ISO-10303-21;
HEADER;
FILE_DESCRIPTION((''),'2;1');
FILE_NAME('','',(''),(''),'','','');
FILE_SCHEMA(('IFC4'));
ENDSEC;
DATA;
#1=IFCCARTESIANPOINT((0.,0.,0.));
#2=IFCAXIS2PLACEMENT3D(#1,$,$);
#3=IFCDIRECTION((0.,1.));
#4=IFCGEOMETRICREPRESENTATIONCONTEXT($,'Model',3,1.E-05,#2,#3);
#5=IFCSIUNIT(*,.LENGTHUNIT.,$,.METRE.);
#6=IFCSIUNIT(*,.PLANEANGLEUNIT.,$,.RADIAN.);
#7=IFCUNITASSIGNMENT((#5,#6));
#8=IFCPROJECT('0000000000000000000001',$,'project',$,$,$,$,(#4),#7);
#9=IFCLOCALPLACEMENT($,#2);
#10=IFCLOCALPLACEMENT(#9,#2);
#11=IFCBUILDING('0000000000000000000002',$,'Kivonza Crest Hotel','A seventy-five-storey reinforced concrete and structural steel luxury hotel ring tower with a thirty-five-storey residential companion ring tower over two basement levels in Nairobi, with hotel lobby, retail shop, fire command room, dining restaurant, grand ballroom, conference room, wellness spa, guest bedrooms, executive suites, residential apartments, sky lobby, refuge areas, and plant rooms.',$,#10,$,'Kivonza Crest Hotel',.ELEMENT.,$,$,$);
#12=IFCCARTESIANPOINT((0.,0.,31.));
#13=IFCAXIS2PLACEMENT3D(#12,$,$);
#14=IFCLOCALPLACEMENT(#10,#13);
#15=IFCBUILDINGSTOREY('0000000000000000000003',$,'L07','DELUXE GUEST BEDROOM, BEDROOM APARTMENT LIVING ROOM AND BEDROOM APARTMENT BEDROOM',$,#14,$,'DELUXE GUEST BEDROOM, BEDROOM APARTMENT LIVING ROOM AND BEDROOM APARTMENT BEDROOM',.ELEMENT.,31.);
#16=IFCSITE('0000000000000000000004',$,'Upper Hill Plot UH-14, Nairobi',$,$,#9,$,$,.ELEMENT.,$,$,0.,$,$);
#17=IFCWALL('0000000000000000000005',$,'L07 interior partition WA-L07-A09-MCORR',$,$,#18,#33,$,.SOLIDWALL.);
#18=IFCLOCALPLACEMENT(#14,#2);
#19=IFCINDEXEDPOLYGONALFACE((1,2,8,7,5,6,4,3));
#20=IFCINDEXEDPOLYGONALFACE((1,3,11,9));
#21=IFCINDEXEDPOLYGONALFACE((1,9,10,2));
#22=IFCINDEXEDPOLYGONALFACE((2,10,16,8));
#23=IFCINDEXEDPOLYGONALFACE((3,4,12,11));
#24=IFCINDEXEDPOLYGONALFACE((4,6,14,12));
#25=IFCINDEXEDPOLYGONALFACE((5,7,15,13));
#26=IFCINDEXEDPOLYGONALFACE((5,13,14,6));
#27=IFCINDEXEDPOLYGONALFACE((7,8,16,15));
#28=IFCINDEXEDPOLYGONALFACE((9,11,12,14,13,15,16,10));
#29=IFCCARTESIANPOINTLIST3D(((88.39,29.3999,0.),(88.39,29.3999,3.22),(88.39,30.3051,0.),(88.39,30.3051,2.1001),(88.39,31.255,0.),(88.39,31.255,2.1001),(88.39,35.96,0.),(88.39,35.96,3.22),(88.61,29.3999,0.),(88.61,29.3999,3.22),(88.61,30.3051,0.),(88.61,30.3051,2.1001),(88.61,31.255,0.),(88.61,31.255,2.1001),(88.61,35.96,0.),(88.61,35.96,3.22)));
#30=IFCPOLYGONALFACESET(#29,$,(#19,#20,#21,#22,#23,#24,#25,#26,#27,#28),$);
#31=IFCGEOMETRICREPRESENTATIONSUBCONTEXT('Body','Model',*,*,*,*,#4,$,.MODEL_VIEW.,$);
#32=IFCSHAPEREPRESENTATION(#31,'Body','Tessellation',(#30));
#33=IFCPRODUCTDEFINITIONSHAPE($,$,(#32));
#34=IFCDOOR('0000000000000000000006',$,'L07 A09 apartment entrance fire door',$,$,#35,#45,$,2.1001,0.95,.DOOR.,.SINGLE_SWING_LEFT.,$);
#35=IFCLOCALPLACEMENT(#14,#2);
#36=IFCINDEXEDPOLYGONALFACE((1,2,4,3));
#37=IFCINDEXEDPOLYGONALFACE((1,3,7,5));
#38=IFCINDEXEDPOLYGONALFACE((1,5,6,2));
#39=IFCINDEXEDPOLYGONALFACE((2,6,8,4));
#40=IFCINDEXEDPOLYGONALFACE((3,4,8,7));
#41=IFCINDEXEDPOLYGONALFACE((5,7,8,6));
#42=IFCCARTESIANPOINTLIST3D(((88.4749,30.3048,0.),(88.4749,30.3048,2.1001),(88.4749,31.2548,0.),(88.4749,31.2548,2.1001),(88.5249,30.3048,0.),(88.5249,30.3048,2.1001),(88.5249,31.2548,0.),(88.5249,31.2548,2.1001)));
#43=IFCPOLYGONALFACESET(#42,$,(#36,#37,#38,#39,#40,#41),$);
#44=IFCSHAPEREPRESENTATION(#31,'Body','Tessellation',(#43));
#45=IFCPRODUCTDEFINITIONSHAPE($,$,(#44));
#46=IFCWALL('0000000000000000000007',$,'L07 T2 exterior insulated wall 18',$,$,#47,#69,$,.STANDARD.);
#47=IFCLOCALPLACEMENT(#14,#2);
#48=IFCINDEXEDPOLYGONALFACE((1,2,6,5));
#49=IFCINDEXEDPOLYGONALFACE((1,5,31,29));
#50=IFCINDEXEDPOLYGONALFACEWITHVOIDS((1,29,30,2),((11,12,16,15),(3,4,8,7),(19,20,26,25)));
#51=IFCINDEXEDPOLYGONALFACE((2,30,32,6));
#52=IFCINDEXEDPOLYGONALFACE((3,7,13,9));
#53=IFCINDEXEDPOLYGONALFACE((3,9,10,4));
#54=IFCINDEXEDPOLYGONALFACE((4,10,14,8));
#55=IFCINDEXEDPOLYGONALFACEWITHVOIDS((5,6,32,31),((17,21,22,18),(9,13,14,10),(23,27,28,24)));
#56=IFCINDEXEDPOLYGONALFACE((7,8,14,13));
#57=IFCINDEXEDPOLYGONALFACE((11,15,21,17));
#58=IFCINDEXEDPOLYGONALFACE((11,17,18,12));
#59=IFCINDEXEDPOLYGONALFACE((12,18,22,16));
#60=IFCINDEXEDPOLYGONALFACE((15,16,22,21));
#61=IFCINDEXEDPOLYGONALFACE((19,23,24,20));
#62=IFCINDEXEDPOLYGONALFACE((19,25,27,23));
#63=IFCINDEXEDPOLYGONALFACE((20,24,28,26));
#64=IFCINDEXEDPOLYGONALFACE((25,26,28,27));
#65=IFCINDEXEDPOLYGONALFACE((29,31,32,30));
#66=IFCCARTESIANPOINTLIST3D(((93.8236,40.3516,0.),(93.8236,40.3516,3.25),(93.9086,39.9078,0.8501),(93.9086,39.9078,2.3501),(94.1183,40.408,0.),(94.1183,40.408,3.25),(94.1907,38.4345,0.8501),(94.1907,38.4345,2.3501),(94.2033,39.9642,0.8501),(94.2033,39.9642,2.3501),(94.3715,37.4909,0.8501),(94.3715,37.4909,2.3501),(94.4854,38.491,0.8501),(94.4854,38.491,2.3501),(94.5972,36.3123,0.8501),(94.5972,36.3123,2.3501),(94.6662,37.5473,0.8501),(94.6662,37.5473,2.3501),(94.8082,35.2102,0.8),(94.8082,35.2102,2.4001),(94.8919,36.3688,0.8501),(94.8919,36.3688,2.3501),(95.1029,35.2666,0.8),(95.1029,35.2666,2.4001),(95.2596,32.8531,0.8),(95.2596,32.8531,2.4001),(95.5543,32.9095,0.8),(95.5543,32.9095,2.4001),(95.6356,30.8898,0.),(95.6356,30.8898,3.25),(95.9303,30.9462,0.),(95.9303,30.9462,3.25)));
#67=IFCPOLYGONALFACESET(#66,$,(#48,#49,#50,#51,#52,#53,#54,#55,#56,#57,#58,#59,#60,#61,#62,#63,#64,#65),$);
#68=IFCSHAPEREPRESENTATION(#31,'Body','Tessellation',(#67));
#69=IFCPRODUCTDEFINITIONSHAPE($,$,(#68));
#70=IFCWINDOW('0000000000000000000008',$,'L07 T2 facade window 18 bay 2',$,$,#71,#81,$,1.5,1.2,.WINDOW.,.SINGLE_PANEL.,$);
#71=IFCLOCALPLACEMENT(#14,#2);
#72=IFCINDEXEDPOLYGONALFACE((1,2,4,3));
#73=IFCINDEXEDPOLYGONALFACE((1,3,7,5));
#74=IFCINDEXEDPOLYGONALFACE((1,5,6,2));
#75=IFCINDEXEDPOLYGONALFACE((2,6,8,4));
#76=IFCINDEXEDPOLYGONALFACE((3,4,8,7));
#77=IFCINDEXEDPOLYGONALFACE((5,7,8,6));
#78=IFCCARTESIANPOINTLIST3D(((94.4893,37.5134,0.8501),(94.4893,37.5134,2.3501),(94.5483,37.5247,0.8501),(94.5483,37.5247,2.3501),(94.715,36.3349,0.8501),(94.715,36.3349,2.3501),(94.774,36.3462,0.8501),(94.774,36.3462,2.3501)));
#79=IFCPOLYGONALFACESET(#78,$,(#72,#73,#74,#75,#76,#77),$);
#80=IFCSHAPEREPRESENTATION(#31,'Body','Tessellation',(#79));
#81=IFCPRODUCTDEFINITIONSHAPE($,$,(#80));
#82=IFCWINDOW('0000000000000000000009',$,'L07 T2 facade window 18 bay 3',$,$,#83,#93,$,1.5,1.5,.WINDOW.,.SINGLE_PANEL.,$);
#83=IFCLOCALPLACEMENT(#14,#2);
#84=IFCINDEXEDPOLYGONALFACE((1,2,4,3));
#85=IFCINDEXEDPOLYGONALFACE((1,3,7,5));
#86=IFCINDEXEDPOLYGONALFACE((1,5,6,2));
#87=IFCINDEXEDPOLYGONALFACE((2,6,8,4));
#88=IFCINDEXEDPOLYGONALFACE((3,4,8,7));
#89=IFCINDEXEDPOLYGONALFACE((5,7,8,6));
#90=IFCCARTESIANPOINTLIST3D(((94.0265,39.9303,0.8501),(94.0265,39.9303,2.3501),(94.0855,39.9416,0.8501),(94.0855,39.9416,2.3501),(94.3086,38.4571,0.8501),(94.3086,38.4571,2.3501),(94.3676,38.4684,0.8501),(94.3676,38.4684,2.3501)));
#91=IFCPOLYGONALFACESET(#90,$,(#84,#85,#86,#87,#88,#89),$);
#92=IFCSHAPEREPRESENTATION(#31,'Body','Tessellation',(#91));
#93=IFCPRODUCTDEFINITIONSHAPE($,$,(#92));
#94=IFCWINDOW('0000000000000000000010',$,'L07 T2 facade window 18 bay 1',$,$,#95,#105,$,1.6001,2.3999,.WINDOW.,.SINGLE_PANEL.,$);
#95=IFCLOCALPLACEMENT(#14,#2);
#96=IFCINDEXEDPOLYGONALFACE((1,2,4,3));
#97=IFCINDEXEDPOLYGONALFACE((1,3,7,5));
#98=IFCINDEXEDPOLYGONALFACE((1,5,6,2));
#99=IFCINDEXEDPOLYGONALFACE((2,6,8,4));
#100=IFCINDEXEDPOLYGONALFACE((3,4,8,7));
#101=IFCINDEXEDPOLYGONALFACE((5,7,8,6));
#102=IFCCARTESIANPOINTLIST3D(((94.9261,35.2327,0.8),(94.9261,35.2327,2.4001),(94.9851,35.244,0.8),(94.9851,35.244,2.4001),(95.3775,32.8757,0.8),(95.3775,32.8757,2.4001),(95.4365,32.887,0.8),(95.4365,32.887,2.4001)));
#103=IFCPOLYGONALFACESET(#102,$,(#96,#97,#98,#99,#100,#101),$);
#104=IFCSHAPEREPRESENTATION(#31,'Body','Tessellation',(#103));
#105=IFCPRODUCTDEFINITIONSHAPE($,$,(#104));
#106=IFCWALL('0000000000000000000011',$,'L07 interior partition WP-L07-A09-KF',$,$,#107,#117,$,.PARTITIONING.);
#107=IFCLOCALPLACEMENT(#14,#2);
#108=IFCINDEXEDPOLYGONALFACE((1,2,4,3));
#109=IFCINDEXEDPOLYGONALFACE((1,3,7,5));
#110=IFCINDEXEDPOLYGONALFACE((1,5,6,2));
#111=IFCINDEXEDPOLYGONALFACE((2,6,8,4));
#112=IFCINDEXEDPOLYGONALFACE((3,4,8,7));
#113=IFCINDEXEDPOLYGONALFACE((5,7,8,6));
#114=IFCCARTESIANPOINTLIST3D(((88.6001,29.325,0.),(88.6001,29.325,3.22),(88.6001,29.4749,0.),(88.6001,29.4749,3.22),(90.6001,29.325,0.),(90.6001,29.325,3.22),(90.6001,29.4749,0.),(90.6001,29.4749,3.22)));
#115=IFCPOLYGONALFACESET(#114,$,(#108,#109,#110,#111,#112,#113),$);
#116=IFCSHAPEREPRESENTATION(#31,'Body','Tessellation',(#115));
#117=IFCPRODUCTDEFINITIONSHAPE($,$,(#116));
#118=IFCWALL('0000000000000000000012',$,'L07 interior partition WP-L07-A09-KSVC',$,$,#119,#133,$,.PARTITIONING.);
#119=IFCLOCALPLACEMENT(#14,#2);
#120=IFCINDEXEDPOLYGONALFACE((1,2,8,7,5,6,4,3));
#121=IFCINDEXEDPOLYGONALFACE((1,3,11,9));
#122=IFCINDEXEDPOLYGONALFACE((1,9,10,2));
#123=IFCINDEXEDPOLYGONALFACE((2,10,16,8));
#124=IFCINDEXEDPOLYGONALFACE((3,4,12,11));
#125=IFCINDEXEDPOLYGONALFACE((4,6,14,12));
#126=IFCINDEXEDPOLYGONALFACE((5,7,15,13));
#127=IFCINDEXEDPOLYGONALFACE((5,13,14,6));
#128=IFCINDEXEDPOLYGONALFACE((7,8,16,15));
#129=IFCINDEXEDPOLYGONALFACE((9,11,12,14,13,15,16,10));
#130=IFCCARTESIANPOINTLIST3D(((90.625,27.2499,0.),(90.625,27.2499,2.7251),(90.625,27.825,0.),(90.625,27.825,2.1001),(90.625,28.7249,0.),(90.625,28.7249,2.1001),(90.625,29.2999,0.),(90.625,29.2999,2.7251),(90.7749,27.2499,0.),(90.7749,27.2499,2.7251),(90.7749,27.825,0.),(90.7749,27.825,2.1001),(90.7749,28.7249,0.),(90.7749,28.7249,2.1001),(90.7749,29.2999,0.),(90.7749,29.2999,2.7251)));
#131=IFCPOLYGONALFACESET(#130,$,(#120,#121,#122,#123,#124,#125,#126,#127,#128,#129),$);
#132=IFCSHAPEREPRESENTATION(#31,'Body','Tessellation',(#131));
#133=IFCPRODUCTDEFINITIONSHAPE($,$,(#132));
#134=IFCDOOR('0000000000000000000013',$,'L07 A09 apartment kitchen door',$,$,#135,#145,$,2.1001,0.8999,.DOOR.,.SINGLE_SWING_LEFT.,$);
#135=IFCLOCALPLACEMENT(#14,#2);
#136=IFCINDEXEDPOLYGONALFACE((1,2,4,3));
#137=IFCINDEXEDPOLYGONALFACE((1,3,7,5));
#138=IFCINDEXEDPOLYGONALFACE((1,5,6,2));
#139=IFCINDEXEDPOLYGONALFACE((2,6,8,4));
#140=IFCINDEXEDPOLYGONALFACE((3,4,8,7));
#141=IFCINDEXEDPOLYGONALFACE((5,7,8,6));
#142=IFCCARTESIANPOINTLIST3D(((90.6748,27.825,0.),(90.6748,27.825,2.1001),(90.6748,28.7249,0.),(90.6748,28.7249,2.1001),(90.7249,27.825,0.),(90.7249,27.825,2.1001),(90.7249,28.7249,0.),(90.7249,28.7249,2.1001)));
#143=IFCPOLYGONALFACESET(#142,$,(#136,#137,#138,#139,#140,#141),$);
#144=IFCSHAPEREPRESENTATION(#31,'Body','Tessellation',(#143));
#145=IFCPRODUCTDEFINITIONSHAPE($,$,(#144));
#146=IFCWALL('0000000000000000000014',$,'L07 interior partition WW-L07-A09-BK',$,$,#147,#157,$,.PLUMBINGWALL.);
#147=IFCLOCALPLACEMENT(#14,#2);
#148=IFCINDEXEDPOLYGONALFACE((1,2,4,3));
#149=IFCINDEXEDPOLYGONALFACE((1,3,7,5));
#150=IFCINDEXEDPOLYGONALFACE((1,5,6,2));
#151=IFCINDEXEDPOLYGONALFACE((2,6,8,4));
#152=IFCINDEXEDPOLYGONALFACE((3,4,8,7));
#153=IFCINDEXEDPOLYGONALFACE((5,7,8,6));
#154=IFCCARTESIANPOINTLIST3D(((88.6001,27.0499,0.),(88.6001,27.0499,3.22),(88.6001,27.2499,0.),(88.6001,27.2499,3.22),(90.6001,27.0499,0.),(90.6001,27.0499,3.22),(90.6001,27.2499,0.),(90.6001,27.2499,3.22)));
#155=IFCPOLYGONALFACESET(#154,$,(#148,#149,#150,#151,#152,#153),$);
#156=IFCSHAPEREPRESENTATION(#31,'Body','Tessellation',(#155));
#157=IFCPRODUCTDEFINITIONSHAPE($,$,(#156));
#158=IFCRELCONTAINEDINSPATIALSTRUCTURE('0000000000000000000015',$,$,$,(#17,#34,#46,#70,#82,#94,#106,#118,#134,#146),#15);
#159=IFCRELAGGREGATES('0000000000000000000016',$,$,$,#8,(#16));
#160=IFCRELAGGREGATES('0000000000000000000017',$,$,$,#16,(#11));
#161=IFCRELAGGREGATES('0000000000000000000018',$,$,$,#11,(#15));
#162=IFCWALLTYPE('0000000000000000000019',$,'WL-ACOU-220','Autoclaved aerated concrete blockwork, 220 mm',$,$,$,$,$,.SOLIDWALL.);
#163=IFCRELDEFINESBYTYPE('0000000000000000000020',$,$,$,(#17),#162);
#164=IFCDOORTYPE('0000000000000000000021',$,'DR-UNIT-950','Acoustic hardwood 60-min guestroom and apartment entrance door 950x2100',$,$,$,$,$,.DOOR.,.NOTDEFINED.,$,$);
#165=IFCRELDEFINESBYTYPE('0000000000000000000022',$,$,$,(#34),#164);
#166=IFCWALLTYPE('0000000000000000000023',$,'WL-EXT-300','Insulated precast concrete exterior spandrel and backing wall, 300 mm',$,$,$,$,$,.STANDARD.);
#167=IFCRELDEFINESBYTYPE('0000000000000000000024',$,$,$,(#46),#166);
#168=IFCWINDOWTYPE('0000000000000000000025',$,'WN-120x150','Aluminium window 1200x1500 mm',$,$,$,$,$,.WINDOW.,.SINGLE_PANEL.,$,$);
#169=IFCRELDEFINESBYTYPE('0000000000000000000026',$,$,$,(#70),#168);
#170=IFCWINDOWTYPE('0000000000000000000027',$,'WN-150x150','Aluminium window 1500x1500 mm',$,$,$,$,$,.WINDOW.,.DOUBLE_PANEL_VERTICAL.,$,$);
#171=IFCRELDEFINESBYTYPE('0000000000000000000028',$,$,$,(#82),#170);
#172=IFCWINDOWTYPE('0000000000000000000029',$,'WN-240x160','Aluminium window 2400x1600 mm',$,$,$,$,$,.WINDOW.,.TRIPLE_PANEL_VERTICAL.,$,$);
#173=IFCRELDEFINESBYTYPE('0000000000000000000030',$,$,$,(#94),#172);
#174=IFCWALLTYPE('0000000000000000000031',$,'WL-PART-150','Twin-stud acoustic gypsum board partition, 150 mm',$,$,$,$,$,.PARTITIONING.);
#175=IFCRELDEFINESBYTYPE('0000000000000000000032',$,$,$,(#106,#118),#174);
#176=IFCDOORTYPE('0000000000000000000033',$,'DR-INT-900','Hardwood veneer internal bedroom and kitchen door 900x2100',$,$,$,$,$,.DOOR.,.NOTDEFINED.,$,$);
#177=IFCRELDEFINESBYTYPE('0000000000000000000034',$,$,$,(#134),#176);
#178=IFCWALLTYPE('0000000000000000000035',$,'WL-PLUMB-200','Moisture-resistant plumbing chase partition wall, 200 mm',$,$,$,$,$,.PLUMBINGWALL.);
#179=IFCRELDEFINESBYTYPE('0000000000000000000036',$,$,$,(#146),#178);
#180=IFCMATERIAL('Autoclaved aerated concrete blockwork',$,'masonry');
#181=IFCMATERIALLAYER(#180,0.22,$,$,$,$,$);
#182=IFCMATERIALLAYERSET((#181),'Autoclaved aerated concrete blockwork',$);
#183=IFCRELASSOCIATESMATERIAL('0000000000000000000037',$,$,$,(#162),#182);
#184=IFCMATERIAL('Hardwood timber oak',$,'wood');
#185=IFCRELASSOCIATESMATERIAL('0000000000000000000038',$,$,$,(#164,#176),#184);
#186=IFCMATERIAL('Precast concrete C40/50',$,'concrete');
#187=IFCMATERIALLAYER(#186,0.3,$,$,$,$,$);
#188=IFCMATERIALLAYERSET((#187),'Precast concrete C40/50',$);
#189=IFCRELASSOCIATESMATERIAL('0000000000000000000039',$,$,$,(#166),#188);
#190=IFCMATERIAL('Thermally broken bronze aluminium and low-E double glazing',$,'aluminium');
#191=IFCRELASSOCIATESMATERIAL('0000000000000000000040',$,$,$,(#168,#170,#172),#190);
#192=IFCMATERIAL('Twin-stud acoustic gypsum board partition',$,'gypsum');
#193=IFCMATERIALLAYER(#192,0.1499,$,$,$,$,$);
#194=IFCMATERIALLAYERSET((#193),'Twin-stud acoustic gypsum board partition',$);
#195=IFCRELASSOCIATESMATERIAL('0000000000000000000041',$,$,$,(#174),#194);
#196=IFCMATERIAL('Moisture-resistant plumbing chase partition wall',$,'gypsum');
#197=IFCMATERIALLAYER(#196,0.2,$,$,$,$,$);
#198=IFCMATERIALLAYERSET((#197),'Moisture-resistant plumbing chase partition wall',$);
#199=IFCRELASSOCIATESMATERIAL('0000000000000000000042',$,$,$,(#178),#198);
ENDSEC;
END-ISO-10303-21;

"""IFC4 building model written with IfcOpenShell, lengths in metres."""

from ifc_helpers import new_model, si_unit, direction, frame, frame_2d, origin, place, context, subcontext, project, spatial, rectangle, extrude, material, layer, layer_set, type_object, element, fill, save


model = new_model("IFC4")

# Units and contexts
model_context = context("Model", 3, precision=1e-05, world=origin(), true_north=direction((0.0, 1.0)))
body_context = subcontext(model_context, "Body", "Model", "MODEL_VIEW")
ifc_project = project(units=[si_unit("LENGTHUNIT", "METRE"), si_unit("PLANEANGLEUNIT", "RADIAN")], contexts=[model_context])

# Site, building, storey
site_placement = place(None, origin())
site = spatial("IfcSite", under=ifc_project, at=site_placement, Name="Upper Hill Plot UH-14, Nairobi", CompositionType="ELEMENT", RefElevation=0.0)
building_placement = place(site_placement, origin())
building = spatial("IfcBuilding", under=site, at=building_placement, Name="Kivonza Crest Hotel", Description="A seventy-five-storey reinforced concrete and structural steel luxury hotel ring tower with a thirty-five-storey residential companion ring tower over two basement levels in Nairobi, with hotel lobby, retail shop, fire command room, dining restaurant, grand ballroom, conference room, wellness spa, guest bedrooms, executive suites, residential apartments, sky lobby, refuge areas, and plant rooms.", LongName="Kivonza Crest Hotel", CompositionType="ELEMENT")
storey_placement = place(building_placement, frame((0.0, 0.0, 31.0)))
storey = spatial("IfcBuildingStorey", under=building, at=storey_placement, Name="L07", Description="DELUXE GUEST BEDROOM, BEDROOM APARTMENT LIVING ROOM AND BEDROOM APARTMENT BEDROOM", LongName="DELUXE GUEST BEDROOM, BEDROOM APARTMENT LIVING ROOM AND BEDROOM APARTMENT BEDROOM", CompositionType="ELEMENT", Elevation=31.0)

# Shared definitions
ifc_material_1 = material(Name="Autoclaved aerated concrete blockwork", Category="masonry")
ifc_layer_1 = layer(ifc_material_1, 0.22)
ifc_layer_set_1 = layer_set([ifc_layer_1], Name="Autoclaved aerated concrete blockwork")
wall_type_1 = type_object("IfcWallType", Name="WL-ACOU-220", Description="Autoclaved aerated concrete blockwork, 220 mm", PredefinedType="SOLIDWALL", material=ifc_layer_set_1)

# Wall, opening, door
wall_1_placement = place(storey_placement, frame((88.5, 29.3999, 0.0), z_axis=(0.0, 0.0, 1.0), x_axis=(0.0, 1.0, 0.0)))
wall_1 = element("IfcWall", 1, at=wall_1_placement, inside=storey, type_object=wall_type_1, Name="L07 interior partition WA-L07-A09-MCORR", PredefinedType="SOLIDWALL", context=body_context, shape_type="SweptSolid", body=[
    extrude(rectangle(XDim=6.5601, YDim=0.22, at=frame_2d((3.28, 0.0))), origin(), (0.0, 0.0, 1.0), 3.22),
])
opening_1_placement = place(wall_1_placement, frame((0.905, 0.0, 0.0)))
opening_1 = element("IfcOpeningElement", 2, at=opening_1_placement, cuts=wall_1, PredefinedType="OPENING", context=body_context, shape_type="SweptSolid", body=[
    extrude(rectangle(XDim=0.95, YDim=2.1001, at=frame_2d((0.4751, 1.05))), frame((0.0, 0.1201, 0.0), z_axis=(0.0, -1.0, 0.0), x_axis=(1.0, 0.0, 0.0)), (0.0, 0.0, 1.0), 0.24),
])
ifc_material_2 = material(Name="Hardwood timber oak", Category="wood")
door_type_1 = type_object("IfcDoorType", Name="DR-UNIT-950", Description="Acoustic hardwood 60-min guestroom and apartment entrance door 950x2100", OperationType="NOTDEFINED", PredefinedType="DOOR", material=ifc_material_2)
door_1_placement = place(opening_1_placement, frame((0.95, 0.0, 0.0), z_axis=(0.0, 0.0, 1.0), x_axis=(-1.0, 0.0, 0.0)))
door_1 = element("IfcDoor", 3, at=door_1_placement, inside=storey, type_object=door_type_1, Name="L07 A09 apartment entrance fire door", OperationType="SINGLE_SWING_LEFT", OverallHeight=2.1001, OverallWidth=0.95, PredefinedType="DOOR", context=body_context, shape_type="SweptSolid", body=[
    extrude(rectangle(XDim=0.95, YDim=2.1001, at=frame_2d((0.4751, 1.05))), frame((0.0, 0.0249, 0.0), z_axis=(0.0, -1.0, 0.0), x_axis=(1.0, 0.0, 0.0)), (0.0, 0.0, 1.0), 0.05),
])
fill(opening_1, door_1)

# Wall, openings, windows
ifc_material_3 = material(Name="Precast concrete C40/50", Category="concrete")
ifc_layer_2 = layer(ifc_material_3, 0.3)
ifc_layer_set_2 = layer_set([ifc_layer_2], Name="Precast concrete C40/50")
wall_type_2 = type_object("IfcWallType", Name="WL-EXT-300", Description="Insulated precast concrete exterior spandrel and backing wall, 300 mm", PredefinedType="STANDARD", material=ifc_layer_set_2)
wall_2_placement = place(storey_placement, frame((95.783, 30.918, 0.0), z_axis=(0.0, 0.0, 1.0), x_axis=(-0.188088, 0.982152, 0.0)))
wall_2 = element("IfcWall", 4, at=wall_2_placement, inside=storey, type_object=wall_type_2, Name="L07 T2 exterior insulated wall 18", PredefinedType="STANDARD", context=body_context, shape_type="SweptSolid", body=[
    extrude(rectangle(XDim=9.6338, YDim=0.3, at=frame_2d((4.8169, 0.0))), origin(), (0.0, 0.0, 1.0), 3.25),
])
opening_2_placement = place(wall_2_placement, frame((1.999, 0.0, 0.8)))
opening_2 = element("IfcOpeningElement", 5, at=opening_2_placement, cuts=wall_2, PredefinedType="OPENING", context=body_context, shape_type="SweptSolid", body=[
    extrude(rectangle(XDim=2.3999, YDim=1.6001, at=frame_2d((1.2, 0.8))), frame((0.0, 0.1602, 0.0), z_axis=(0.0, -1.0, 0.0), x_axis=(1.0, 0.0, 0.0)), (0.0, 0.0, 1.0), 0.3201),
])
opening_3_placement = place(wall_2_placement, frame((5.521, 0.0, 0.8501)))
opening_3 = element("IfcOpeningElement", 6, at=opening_3_placement, cuts=wall_2, PredefinedType="OPENING", context=body_context, shape_type="SweptSolid", body=[
    extrude(rectangle(XDim=1.2, YDim=1.5, at=frame_2d((0.6001, 0.75))), frame((0.0, 0.1602, 0.0), z_axis=(0.0, -1.0, 0.0), x_axis=(1.0, 0.0, 0.0)), (0.0, 0.0, 1.0), 0.3201),
])
opening_4_placement = place(wall_2_placement, frame((7.6819, 0.0, 0.8501)))
opening_4 = element("IfcOpeningElement", 7, at=opening_4_placement, cuts=wall_2, PredefinedType="OPENING", context=body_context, shape_type="SweptSolid", body=[
    extrude(rectangle(XDim=1.5, YDim=1.5, at=frame_2d((0.75, 0.75))), frame((0.0, 0.1602, 0.0), z_axis=(0.0, -1.0, 0.0), x_axis=(1.0, 0.0, 0.0)), (0.0, 0.0, 1.0), 0.3201),
])
ifc_material_4 = material(Name="Thermally broken bronze aluminium and low-E double glazing", Category="aluminium")
window_type_1 = type_object("IfcWindowType", Name="WN-120x150", Description="Aluminium window 1200x1500 mm", PartitioningType="SINGLE_PANEL", PredefinedType="WINDOW", material=ifc_material_4)
window_1_placement = place(opening_3_placement, origin())
window_1 = element("IfcWindow", 8, at=window_1_placement, inside=storey, type_object=window_type_1, Name="L07 T2 facade window 18 bay 2", OverallHeight=1.5, OverallWidth=1.2, PartitioningType="SINGLE_PANEL", PredefinedType="WINDOW", context=body_context, shape_type="SweptSolid", body=[
    extrude(rectangle(XDim=1.2, YDim=1.5, at=frame_2d((0.6001, 0.75))), frame((0.0, 0.03, 0.0), z_axis=(0.0, -1.0, 0.0), x_axis=(1.0, 0.0, 0.0)), (0.0, 0.0, 1.0), 0.0601),
])
fill(opening_3, window_1)
window_type_2 = type_object("IfcWindowType", Name="WN-150x150", Description="Aluminium window 1500x1500 mm", PartitioningType="DOUBLE_PANEL_VERTICAL", PredefinedType="WINDOW", material=ifc_material_4)
window_2_placement = place(opening_4_placement, origin())
window_2 = element("IfcWindow", 9, at=window_2_placement, inside=storey, type_object=window_type_2, Name="L07 T2 facade window 18 bay 3", OverallHeight=1.5, OverallWidth=1.5, PartitioningType="SINGLE_PANEL", PredefinedType="WINDOW", context=body_context, shape_type="SweptSolid", body=[
    extrude(rectangle(XDim=1.5, YDim=1.5, at=frame_2d((0.75, 0.75))), frame((0.0, 0.03, 0.0), z_axis=(0.0, -1.0, 0.0), x_axis=(1.0, 0.0, 0.0)), (0.0, 0.0, 1.0), 0.0601),
])
fill(opening_4, window_2)
window_type_3 = type_object("IfcWindowType", Name="WN-240x160", Description="Aluminium window 2400x1600 mm", PartitioningType="TRIPLE_PANEL_VERTICAL", PredefinedType="WINDOW", material=ifc_material_4)
window_3_placement = place(opening_2_placement, origin())
window_3 = element("IfcWindow", 10, at=window_3_placement, inside=storey, type_object=window_type_3, Name="L07 T2 facade window 18 bay 1", OverallHeight=1.6001, OverallWidth=2.3999, PartitioningType="SINGLE_PANEL", PredefinedType="WINDOW", context=body_context, shape_type="SweptSolid", body=[
    extrude(rectangle(XDim=2.3999, YDim=1.6001, at=frame_2d((1.2, 0.8))), frame((0.0, 0.03, 0.0), z_axis=(0.0, -1.0, 0.0), x_axis=(1.0, 0.0, 0.0)), (0.0, 0.0, 1.0), 0.0601),
])
fill(opening_2, window_3)

# Wall
ifc_material_5 = material(Name="Twin-stud acoustic gypsum board partition", Category="gypsum")
ifc_layer_3 = layer(ifc_material_5, 0.1499)
ifc_layer_set_3 = layer_set([ifc_layer_3], Name="Twin-stud acoustic gypsum board partition")
wall_type_3 = type_object("IfcWallType", Name="WL-PART-150", Description="Twin-stud acoustic gypsum board partition, 150 mm", PredefinedType="PARTITIONING", material=ifc_layer_set_3)
wall_3_placement = place(storey_placement, frame((88.6001, 29.3999, 0.0), z_axis=(0.0, 0.0, 1.0), x_axis=(1.0, 0.0, 0.0)))
element("IfcWall", 11, at=wall_3_placement, inside=storey, type_object=wall_type_3, Name="L07 interior partition WP-L07-A09-KF", PredefinedType="PARTITIONING", context=body_context, shape_type="SweptSolid", body=[
    extrude(rectangle(XDim=2.0, YDim=0.1499, at=frame_2d((1.0, 0.0))), origin(), (0.0, 0.0, 1.0), 3.22),
])

# Wall, opening, door
wall_4_placement = place(storey_placement, frame((90.7, 27.25, 0.0), z_axis=(0.0, 0.0, 1.0), x_axis=(0.0, 1.0, 0.0)))
wall_4 = element("IfcWall", 12, at=wall_4_placement, inside=storey, type_object=wall_type_3, Name="L07 interior partition WP-L07-A09-KSVC", PredefinedType="PARTITIONING", context=body_context, shape_type="SweptSolid", body=[
    extrude(rectangle(XDim=2.05, YDim=0.1499, at=frame_2d((1.0249, 0.0))), origin(), (0.0, 0.0, 1.0), 2.7251),
])
opening_5_placement = place(wall_4_placement, frame((0.575, 0.0, 0.0)))
opening_5 = element("IfcOpeningElement", 13, at=opening_5_placement, cuts=wall_4, PredefinedType="OPENING", context=body_context, shape_type="SweptSolid", body=[
    extrude(rectangle(XDim=0.8999, YDim=2.1001, at=frame_2d((0.45, 1.05))), frame((0.0, 0.085, 0.0), z_axis=(0.0, -1.0, 0.0), x_axis=(1.0, 0.0, 0.0)), (0.0, 0.0, 1.0), 0.1699),
])
door_type_2 = type_object("IfcDoorType", Name="DR-INT-900", Description="Hardwood veneer internal bedroom and kitchen door 900x2100", OperationType="NOTDEFINED", PredefinedType="DOOR", material=ifc_material_2)
door_2_placement = place(opening_5_placement, frame((0.8999, 0.0, 0.0), z_axis=(0.0, 0.0, 1.0), x_axis=(-1.0, 0.0, 0.0)))
door_2 = element("IfcDoor", 14, at=door_2_placement, inside=storey, type_object=door_type_2, Name="L07 A09 apartment kitchen door", OperationType="SINGLE_SWING_LEFT", OverallHeight=2.1001, OverallWidth=0.8999, PredefinedType="DOOR", context=body_context, shape_type="SweptSolid", body=[
    extrude(rectangle(XDim=0.8999, YDim=2.1001, at=frame_2d((0.45, 1.05))), frame((0.0, 0.0249, 0.0), z_axis=(0.0, -1.0, 0.0), x_axis=(1.0, 0.0, 0.0)), (0.0, 0.0, 1.0), 0.05),
])
fill(opening_5, door_2)

# Wall
ifc_material_6 = material(Name="Moisture-resistant plumbing chase partition wall", Category="gypsum")
ifc_layer_4 = layer(ifc_material_6, 0.2)
ifc_layer_set_4 = layer_set([ifc_layer_4], Name="Moisture-resistant plumbing chase partition wall")
wall_type_4 = type_object("IfcWallType", Name="WL-PLUMB-200", Description="Moisture-resistant plumbing chase partition wall, 200 mm", PredefinedType="PLUMBINGWALL", material=ifc_layer_set_4)
wall_5_placement = place(storey_placement, frame((88.6001, 27.1499, 0.0), z_axis=(0.0, 0.0, 1.0), x_axis=(1.0, 0.0, 0.0)))
element("IfcWall", 15, at=wall_5_placement, inside=storey, type_object=wall_type_4, Name="L07 interior partition WW-L07-A09-BK", PredefinedType="PLUMBINGWALL", context=body_context, shape_type="SweptSolid", body=[
    extrude(rectangle(XDim=2.0, YDim=0.2, at=frame_2d((1.0, 0.0))), origin(), (0.0, 0.0, 1.0), 3.22),
])

save(model, "model.ifc")
